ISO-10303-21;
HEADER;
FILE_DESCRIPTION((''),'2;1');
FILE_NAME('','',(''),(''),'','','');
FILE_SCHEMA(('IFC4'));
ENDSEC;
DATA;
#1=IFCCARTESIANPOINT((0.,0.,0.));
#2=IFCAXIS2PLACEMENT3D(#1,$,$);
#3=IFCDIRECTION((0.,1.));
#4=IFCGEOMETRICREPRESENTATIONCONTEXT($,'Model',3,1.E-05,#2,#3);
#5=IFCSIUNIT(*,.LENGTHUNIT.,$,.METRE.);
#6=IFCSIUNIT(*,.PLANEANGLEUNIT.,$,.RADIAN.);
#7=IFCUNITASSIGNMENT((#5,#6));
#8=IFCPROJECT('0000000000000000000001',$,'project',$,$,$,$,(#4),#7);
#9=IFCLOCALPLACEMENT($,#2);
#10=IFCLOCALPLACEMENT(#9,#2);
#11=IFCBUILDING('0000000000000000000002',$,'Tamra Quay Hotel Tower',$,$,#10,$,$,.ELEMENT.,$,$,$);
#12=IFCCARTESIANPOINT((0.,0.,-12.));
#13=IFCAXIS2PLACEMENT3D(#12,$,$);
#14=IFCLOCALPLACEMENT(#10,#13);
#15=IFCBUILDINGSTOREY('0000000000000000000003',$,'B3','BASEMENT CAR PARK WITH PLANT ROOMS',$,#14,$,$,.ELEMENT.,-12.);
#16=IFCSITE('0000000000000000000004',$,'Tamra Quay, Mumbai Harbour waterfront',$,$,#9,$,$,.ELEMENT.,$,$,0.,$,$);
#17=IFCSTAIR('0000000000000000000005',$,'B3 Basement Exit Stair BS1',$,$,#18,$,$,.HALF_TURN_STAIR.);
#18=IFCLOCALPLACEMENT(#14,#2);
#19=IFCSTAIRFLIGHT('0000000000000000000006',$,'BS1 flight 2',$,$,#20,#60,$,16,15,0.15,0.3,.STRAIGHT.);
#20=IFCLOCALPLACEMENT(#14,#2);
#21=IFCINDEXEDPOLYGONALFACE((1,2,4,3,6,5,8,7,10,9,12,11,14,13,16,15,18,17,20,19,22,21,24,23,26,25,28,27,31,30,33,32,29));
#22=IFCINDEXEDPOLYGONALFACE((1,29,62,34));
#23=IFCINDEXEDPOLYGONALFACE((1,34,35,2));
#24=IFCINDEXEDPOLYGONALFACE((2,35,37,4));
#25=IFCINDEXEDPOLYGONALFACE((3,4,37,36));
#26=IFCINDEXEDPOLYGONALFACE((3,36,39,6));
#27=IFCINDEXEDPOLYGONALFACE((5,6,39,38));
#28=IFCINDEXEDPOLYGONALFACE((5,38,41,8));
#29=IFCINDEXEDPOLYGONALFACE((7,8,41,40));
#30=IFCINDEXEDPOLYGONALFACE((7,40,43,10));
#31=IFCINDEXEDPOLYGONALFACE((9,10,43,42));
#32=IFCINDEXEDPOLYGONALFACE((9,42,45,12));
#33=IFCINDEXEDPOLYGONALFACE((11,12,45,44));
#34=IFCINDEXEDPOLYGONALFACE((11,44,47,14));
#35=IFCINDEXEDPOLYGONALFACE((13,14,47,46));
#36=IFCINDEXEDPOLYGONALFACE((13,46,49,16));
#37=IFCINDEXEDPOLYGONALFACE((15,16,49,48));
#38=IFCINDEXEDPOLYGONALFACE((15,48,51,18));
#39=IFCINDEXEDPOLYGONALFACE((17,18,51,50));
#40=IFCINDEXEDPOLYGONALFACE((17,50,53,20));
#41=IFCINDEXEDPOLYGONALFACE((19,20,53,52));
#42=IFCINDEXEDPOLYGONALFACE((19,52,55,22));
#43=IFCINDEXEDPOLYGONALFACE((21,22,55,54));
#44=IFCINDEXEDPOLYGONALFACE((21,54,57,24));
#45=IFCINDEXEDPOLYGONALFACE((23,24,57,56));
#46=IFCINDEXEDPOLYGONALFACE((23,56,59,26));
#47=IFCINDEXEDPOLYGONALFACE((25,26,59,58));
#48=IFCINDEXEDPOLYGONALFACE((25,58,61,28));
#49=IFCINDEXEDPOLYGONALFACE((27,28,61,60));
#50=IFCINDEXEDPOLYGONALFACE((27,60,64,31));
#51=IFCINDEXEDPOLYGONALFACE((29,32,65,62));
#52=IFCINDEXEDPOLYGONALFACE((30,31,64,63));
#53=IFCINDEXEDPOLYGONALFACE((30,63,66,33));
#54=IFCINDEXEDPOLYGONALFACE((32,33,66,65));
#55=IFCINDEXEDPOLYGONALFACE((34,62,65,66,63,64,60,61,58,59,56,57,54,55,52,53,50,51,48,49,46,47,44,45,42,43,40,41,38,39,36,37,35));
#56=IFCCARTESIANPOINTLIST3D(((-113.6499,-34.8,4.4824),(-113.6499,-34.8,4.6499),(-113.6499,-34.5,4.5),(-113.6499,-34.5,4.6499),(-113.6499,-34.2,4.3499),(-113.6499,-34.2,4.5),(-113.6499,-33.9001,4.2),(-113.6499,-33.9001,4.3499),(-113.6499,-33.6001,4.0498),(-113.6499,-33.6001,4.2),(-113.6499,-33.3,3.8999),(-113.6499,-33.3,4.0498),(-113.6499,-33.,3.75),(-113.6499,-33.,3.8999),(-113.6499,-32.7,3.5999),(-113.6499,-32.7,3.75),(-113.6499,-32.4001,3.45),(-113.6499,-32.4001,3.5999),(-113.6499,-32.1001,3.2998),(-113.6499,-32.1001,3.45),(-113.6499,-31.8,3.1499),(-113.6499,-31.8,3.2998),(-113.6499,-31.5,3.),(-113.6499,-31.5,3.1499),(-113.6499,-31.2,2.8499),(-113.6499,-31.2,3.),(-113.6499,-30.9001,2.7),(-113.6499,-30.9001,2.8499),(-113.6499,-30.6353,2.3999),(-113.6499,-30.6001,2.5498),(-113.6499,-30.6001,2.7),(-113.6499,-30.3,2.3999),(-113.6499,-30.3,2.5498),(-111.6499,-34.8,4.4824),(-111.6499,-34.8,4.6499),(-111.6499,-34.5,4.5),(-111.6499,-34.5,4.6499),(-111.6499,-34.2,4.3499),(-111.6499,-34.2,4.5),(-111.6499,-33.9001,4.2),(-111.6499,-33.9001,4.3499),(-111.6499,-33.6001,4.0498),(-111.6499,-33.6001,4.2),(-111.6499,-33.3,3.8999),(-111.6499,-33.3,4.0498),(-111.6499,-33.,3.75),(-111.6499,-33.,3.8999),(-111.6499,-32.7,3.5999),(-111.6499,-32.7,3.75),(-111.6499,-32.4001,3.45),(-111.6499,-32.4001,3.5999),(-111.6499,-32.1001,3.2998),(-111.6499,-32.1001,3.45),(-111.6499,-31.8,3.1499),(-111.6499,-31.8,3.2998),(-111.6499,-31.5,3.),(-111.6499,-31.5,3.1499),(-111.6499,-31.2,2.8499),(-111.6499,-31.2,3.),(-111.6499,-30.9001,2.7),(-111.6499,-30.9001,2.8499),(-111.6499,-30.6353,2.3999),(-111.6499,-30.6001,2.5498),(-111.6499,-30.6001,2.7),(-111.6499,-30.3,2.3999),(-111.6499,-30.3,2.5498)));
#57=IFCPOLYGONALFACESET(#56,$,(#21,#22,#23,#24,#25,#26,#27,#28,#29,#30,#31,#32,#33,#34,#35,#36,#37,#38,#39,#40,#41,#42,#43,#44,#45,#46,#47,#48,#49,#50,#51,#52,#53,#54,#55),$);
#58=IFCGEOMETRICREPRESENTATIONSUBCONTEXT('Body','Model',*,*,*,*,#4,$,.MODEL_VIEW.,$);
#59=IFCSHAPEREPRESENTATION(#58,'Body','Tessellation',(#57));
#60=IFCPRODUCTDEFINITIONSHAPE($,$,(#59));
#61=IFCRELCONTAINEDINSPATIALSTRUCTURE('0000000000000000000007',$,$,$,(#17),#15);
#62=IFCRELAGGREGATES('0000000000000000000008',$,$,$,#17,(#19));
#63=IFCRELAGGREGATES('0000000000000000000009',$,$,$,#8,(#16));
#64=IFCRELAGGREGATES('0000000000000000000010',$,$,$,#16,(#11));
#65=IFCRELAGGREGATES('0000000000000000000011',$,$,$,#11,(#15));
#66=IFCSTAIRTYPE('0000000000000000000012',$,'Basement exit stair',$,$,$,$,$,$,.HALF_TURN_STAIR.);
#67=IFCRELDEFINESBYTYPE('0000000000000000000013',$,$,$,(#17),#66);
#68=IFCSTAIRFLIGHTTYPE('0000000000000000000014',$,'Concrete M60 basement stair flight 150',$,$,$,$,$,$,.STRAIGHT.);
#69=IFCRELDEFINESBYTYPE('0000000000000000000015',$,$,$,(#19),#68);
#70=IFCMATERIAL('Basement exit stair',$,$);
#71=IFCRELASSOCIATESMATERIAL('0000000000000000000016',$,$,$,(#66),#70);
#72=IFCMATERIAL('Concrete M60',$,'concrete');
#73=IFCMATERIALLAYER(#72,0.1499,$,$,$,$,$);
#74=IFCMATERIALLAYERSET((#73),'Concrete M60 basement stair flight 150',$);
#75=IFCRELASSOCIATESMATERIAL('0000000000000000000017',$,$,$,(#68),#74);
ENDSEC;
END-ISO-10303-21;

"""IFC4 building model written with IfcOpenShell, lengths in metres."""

from ifc_helpers import new_model, si_unit, direction, frame, origin, place, context, subcontext, project, spatial, polyline, outline, extrude, material, layer, layer_set, type_object, element, aggregate, save


model = new_model("IFC4")

# Units and contexts
model_context = context("Model", 3, precision=1e-05, world=origin(), true_north=direction((0.0, 1.0)))
body_context = subcontext(model_context, "Body", "Model", "MODEL_VIEW")
ifc_project = project(units=[si_unit("LENGTHUNIT", "METRE"), si_unit("PLANEANGLEUNIT", "RADIAN")], contexts=[model_context])

# Site, building, storey
site_placement = place(None, origin())
site = spatial("IfcSite", under=ifc_project, at=site_placement, Name="Tamra Quay, Mumbai Harbour waterfront", CompositionType="ELEMENT", RefElevation=0.0)
building_placement = place(site_placement, origin())
building = spatial("IfcBuilding", under=site, at=building_placement, Name="Tamra Quay Hotel Tower", CompositionType="ELEMENT")
storey_placement = place(building_placement, frame((0.0, 0.0, -12.0)))
storey = spatial("IfcBuildingStorey", under=building, at=storey_placement, Name="B3", Description="BASEMENT CAR PARK WITH PLANT ROOMS", CompositionType="ELEMENT", Elevation=-12.0)

# Stair, stair flight
ifc_material_1 = material(Name="Basement exit stair")
stair_type = type_object("IfcStairType", Name="Basement exit stair", PredefinedType="HALF_TURN_STAIR", material=ifc_material_1)
stair_placement = place(storey_placement, origin())
stair = element("IfcStair", 1, at=stair_placement, inside=storey, type_object=stair_type, Name="B3 Basement Exit Stair BS1", PredefinedType="HALF_TURN_STAIR")
ifc_material_2 = material(Name="Concrete M60", Category="concrete")
ifc_layer_1 = layer(ifc_material_2, 0.1499)
ifc_layer_set_1 = layer_set([ifc_layer_1], Name="Concrete M60 basement stair flight 150")
stair_flight_type = type_object("IfcStairFlightType", Name="Concrete M60 basement stair flight 150", PredefinedType="STRAIGHT", material=ifc_layer_set_1)
stair_flight_1_placement = place(storey_placement, frame((-112.6499, -30.3, 2.3999), z_axis=(0.0, 0.0, 1.0), x_axis=(0.0, -1.0, 0.0)))
stair_flight_1 = element("IfcStairFlight", 2, at=stair_flight_1_placement, type_object=stair_flight_type, Name="BS1 flight 2", NumberOfRisers=16, NumberOfTreads=15, PredefinedType="STRAIGHT", RiserHeight=0.15, TreadLength=0.3, context=body_context, shape_type="SweptSolid", body=[
    extrude(outline(polyline([(0.0, 0.0), (0.0, 0.1499), (0.3, 0.1499), (0.3, 0.3), (0.6001, 0.3), (0.6001, 0.45), (0.8999, 0.45), (0.8999, 0.6001), (1.2, 0.6001), (1.2, 0.75), (1.5, 0.75), (1.5, 0.8999), (1.8, 0.8999), (1.8, 1.05), (2.1001, 1.05), (2.1001, 1.2), (2.3999, 1.2), (2.3999, 1.3501), (2.7, 1.3501), (2.7, 1.5), (3.0, 1.5), (3.0, 1.6499), (3.3, 1.6499), (3.3, 1.8), (3.6001, 1.8), (3.6001, 1.95), (3.8999, 1.95), (3.8999, 2.1001), (4.2, 2.1001), (4.2, 2.25), (4.5, 2.25), (4.5, 2.3999), (4.5, 2.0825), (0.3352, 0.0), (0.0, 0.0)])), frame((0.0, 1.0, 0.0), z_axis=(0.0, -1.0, 0.0), x_axis=(1.0, 0.0, 0.0)), (0.0, 0.0, 1.0), 2.0),
])
aggregate(stair, [stair_flight_1])

save(model, "model.ifc")
